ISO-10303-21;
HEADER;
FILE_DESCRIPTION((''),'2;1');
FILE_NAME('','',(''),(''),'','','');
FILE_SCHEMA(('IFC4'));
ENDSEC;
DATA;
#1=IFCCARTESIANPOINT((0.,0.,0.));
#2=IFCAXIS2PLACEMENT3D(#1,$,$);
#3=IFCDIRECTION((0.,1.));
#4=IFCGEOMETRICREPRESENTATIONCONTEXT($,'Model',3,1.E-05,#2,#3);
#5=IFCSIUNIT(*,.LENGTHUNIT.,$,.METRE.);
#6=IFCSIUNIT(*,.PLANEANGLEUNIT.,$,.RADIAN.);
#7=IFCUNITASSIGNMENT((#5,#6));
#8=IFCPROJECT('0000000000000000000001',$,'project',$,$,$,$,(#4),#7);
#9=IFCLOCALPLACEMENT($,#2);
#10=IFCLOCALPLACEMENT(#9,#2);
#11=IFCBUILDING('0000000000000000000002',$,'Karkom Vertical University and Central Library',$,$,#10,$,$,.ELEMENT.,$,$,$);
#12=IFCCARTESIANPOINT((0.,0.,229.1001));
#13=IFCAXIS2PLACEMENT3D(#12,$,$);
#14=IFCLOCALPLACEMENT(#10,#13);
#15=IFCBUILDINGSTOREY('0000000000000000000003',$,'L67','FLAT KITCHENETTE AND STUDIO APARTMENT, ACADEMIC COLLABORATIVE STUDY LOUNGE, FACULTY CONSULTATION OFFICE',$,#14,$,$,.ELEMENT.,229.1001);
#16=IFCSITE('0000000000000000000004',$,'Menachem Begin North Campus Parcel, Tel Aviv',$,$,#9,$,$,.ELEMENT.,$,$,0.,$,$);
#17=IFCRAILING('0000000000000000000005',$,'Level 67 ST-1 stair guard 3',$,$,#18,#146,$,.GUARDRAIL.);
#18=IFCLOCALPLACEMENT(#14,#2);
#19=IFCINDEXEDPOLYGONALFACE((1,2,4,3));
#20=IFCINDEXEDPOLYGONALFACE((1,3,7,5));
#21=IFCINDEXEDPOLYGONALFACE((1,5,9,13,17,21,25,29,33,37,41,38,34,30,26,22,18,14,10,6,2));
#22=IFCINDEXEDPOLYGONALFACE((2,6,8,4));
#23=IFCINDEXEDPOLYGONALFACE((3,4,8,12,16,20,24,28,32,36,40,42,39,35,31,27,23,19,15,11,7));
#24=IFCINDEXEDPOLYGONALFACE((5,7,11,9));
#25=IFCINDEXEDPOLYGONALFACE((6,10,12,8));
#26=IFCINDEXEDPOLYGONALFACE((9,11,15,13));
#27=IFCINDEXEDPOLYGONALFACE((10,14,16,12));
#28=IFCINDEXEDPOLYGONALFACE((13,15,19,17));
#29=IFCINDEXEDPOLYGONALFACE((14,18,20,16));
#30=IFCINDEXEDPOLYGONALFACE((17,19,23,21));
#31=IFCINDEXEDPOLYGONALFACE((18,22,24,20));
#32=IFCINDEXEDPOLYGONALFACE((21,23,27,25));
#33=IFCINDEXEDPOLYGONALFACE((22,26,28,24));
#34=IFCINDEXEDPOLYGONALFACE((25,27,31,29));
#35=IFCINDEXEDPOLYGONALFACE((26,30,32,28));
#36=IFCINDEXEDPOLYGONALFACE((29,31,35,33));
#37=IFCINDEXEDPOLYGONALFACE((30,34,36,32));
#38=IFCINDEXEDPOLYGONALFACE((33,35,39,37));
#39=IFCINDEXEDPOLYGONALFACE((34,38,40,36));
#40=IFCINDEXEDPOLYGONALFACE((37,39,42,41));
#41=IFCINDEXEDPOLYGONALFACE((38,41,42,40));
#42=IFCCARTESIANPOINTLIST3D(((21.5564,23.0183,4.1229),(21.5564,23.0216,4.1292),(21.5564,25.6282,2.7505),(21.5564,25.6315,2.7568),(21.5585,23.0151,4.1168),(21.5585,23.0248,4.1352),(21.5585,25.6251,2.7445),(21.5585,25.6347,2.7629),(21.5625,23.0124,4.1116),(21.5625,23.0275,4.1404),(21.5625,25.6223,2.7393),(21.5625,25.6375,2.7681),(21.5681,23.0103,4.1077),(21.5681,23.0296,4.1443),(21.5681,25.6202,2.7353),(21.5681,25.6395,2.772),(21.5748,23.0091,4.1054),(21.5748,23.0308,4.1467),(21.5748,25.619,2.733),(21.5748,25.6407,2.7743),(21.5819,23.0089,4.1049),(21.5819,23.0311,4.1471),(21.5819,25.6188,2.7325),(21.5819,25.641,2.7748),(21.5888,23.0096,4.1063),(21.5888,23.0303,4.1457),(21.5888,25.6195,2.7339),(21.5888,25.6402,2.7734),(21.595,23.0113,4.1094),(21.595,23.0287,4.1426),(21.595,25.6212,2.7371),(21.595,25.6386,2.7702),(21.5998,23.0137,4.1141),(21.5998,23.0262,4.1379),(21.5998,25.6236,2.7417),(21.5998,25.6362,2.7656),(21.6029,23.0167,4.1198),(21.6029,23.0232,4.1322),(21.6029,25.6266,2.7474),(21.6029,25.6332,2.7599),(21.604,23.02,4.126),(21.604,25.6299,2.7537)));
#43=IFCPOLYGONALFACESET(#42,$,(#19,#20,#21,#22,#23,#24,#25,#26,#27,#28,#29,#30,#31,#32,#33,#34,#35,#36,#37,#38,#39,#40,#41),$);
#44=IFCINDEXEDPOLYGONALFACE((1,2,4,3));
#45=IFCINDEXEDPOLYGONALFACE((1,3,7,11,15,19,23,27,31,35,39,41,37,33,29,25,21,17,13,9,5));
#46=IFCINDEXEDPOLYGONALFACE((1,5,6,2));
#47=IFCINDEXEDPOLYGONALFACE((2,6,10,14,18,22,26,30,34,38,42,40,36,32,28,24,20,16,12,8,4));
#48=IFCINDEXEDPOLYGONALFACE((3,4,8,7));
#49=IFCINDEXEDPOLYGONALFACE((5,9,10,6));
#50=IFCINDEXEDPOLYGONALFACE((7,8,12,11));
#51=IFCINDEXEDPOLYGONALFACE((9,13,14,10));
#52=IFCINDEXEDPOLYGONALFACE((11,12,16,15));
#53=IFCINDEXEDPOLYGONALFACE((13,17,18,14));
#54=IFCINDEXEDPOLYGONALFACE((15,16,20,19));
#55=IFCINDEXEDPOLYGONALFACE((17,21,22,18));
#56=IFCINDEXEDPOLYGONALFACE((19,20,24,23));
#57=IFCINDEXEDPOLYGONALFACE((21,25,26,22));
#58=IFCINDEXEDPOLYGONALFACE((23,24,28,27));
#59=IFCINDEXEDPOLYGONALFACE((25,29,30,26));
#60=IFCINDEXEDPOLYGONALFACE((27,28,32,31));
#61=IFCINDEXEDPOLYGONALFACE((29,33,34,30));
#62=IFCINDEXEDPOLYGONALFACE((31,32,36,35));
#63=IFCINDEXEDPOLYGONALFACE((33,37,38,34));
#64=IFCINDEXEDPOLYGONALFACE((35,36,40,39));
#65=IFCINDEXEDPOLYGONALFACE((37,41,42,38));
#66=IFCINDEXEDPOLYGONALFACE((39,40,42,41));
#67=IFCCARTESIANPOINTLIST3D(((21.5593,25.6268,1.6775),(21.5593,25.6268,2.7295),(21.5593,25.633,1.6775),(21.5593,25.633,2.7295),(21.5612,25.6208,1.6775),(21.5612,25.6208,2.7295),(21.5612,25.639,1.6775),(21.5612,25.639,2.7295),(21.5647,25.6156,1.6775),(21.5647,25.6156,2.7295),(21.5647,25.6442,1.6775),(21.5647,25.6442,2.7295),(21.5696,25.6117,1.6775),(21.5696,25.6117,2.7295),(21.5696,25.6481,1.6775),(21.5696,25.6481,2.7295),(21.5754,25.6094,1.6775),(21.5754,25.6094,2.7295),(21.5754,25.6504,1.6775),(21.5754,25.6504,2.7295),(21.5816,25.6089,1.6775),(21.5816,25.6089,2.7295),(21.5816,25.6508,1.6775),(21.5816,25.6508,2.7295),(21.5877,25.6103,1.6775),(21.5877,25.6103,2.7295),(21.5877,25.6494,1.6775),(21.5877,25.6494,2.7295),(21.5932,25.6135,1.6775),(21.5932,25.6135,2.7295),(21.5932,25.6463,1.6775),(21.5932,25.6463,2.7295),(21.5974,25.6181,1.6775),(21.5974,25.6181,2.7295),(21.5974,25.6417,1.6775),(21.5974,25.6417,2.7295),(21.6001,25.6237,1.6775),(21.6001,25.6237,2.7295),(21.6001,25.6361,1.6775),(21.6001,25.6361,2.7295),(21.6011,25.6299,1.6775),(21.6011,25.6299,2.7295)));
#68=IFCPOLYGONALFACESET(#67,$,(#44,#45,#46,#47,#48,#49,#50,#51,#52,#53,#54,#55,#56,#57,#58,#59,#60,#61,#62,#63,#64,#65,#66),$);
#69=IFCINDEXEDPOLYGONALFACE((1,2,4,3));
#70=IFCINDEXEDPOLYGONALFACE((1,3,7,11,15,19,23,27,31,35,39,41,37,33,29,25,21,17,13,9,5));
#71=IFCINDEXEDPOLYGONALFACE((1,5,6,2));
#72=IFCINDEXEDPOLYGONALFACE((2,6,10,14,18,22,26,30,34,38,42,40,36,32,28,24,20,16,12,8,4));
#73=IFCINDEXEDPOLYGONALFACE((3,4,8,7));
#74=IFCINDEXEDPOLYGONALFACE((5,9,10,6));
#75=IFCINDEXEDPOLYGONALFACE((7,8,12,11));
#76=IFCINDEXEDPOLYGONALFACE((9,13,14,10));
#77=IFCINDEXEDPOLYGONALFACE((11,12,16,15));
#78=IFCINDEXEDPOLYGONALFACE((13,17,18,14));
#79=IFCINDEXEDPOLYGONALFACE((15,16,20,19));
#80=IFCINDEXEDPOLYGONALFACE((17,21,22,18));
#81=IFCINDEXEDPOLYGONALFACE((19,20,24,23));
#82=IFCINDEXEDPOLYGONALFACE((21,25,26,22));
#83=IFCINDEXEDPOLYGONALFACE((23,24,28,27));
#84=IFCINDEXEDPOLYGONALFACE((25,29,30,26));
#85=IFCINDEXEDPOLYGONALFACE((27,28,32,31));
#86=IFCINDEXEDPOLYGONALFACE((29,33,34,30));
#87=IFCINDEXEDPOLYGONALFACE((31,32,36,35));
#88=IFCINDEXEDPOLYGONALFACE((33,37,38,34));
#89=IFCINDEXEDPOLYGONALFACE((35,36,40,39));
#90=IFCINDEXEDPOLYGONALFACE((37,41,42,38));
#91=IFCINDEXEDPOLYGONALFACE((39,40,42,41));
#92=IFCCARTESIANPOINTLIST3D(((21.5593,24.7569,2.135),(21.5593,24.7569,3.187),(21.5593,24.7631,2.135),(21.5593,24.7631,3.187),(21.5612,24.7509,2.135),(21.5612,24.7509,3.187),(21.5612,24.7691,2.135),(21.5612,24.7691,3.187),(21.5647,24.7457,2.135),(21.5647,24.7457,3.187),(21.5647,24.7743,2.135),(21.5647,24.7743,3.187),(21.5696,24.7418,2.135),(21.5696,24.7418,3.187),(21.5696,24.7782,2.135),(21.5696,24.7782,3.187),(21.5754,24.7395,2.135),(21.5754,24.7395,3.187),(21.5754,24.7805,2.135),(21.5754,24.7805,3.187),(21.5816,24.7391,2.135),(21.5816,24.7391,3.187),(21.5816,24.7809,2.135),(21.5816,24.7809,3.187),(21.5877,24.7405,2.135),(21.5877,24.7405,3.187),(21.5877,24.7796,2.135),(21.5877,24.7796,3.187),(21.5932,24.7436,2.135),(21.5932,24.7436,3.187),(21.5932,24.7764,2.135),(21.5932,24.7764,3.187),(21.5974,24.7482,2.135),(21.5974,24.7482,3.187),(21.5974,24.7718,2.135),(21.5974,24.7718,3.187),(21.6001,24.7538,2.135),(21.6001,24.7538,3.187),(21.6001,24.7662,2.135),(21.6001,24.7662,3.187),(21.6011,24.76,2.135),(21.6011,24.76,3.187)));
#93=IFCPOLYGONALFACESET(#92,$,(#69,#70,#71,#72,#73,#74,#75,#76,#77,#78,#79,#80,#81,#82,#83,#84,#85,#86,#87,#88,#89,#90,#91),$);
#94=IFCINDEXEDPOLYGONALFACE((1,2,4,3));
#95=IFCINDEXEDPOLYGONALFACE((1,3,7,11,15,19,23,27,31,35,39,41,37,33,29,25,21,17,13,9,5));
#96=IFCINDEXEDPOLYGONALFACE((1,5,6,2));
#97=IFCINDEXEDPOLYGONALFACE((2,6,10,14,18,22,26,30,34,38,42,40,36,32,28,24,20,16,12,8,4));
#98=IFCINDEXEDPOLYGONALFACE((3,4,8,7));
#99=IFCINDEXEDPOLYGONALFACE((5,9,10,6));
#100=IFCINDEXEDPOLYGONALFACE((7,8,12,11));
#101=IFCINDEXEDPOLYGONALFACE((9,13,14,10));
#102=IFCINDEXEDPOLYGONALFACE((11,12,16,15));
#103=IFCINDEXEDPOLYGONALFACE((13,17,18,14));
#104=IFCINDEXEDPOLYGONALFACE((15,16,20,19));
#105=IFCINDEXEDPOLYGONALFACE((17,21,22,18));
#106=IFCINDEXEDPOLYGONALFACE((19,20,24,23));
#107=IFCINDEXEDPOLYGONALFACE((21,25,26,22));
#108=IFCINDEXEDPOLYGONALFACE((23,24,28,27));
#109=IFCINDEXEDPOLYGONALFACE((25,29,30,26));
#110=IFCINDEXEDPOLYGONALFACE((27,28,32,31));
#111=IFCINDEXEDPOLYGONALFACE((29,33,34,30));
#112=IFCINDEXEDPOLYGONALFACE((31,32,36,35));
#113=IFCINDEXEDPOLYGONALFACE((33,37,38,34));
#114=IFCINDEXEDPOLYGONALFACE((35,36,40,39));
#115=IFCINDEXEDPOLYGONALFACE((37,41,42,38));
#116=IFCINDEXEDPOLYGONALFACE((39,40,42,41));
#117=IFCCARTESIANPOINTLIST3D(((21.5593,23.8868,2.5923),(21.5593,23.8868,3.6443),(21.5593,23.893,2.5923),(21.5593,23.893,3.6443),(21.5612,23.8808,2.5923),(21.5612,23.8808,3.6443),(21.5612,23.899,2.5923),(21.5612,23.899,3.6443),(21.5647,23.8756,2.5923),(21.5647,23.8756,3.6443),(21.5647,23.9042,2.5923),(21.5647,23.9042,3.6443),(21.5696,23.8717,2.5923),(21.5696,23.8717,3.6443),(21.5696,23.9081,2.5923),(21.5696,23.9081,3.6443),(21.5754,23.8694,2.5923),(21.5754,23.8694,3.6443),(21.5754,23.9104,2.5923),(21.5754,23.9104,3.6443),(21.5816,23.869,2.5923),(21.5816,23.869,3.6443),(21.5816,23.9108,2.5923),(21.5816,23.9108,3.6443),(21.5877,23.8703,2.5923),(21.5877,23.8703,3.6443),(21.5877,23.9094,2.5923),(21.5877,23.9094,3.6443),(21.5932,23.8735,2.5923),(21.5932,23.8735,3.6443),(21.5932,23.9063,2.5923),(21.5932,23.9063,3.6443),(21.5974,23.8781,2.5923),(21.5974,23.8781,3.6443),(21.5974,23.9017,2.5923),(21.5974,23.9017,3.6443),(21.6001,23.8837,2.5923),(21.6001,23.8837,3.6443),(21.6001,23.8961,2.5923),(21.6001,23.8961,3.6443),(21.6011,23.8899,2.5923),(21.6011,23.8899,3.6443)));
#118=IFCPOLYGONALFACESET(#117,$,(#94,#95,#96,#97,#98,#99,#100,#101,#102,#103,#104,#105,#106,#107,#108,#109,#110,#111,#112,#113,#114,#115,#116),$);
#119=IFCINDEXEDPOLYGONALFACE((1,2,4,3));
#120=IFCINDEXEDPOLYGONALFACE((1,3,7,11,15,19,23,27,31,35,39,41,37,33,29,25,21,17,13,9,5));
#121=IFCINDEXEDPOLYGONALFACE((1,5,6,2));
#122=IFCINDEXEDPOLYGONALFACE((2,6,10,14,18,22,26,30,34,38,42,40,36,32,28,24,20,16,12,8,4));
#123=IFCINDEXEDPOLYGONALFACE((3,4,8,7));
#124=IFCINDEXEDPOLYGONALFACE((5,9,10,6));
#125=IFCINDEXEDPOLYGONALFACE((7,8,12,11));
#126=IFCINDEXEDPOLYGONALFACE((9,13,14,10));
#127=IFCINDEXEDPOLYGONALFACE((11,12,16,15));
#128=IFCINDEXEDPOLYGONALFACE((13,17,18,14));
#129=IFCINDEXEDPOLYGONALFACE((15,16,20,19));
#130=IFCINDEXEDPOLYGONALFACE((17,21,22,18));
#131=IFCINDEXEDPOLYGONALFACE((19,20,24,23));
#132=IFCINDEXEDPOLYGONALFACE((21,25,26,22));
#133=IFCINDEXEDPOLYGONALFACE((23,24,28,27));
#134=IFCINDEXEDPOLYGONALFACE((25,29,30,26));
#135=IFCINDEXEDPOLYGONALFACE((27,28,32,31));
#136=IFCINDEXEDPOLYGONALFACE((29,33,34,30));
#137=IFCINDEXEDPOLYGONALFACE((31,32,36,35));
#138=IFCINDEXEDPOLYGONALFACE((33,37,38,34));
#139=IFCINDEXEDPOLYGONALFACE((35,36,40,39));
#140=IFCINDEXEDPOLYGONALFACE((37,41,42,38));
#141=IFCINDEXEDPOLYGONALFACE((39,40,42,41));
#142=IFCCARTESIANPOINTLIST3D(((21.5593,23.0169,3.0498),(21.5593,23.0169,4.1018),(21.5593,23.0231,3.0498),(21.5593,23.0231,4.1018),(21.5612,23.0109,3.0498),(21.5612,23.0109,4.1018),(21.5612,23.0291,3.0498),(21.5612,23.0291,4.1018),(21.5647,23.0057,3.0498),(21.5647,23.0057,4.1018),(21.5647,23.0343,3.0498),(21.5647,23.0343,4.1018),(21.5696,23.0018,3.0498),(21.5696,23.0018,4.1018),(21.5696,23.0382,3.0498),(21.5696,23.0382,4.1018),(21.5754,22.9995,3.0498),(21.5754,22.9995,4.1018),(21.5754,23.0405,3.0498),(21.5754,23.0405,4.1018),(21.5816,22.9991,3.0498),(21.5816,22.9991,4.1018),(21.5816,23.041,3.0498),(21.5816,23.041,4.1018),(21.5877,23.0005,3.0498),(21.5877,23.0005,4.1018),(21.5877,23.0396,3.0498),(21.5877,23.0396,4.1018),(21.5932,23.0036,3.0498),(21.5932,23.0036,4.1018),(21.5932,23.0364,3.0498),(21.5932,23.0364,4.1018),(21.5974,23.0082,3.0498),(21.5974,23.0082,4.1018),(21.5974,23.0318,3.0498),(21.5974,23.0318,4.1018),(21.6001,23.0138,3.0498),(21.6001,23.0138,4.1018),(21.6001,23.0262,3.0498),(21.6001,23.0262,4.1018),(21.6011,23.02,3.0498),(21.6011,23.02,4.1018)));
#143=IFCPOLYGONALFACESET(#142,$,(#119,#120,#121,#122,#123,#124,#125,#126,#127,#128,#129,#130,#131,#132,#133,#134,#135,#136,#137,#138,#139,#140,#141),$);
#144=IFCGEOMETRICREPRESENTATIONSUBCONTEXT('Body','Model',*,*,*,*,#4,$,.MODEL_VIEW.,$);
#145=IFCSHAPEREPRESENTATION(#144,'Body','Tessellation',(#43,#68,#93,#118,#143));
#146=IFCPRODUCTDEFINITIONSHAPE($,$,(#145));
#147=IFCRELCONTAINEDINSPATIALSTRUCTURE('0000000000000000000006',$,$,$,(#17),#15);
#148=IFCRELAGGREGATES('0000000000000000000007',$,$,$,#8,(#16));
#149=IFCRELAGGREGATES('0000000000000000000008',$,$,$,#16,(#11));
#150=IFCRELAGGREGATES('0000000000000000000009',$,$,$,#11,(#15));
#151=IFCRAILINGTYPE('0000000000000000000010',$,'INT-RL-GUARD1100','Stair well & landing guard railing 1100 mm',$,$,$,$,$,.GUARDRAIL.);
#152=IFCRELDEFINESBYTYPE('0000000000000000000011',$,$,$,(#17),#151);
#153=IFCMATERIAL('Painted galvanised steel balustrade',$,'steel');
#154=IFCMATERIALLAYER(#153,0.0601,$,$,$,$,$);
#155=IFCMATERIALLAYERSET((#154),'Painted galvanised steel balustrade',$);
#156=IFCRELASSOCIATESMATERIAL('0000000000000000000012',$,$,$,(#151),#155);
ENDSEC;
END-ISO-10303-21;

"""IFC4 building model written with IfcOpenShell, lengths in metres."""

from ifc_helpers import new_model, si_unit, direction, frame, origin, origin_2d, place, context, subcontext, project, spatial, circle, extrude, material, layer, layer_set, type_object, element, save


model = new_model("IFC4")

# Units and contexts
model_context = context("Model", 3, precision=1e-05, world=origin(), true_north=direction((0.0, 1.0)))
body_context = subcontext(model_context, "Body", "Model", "MODEL_VIEW")
ifc_project = project(units=[si_unit("LENGTHUNIT", "METRE"), si_unit("PLANEANGLEUNIT", "RADIAN")], contexts=[model_context])

# Site, building, storey
site_placement = place(None, origin())
site = spatial("IfcSite", under=ifc_project, at=site_placement, Name="Menachem Begin North Campus Parcel, Tel Aviv", CompositionType="ELEMENT", RefElevation=0.0)
building_placement = place(site_placement, origin())
building = spatial("IfcBuilding", under=site, at=building_placement, Name="Karkom Vertical University and Central Library", CompositionType="ELEMENT")
storey_placement = place(building_placement, frame((0.0, 0.0, 229.1001)))
storey = spatial("IfcBuildingStorey", under=building, at=storey_placement, Name="L67", Description="FLAT KITCHENETTE AND STUDIO APARTMENT, ACADEMIC COLLABORATIVE STUDY LOUNGE, FACULTY CONSULTATION OFFICE", CompositionType="ELEMENT", Elevation=229.1001)

# Railing
ifc_material_1 = material(Name="Painted galvanised steel balustrade", Category="steel")
ifc_layer_1 = layer(ifc_material_1, 0.0601)
ifc_layer_set_1 = layer_set([ifc_layer_1], Name="Painted galvanised steel balustrade")
railing_type_1 = type_object("IfcRailingType", Name="INT-RL-GUARD1100", Description="Stair well & landing guard railing 1100 mm", PredefinedType="GUARDRAIL", material=ifc_layer_set_1)
railing_1_placement = place(storey_placement, frame((21.5801, 25.6299, 1.6775)))
element("IfcRailing", 1, at=railing_1_placement, inside=storey, type_object=railing_type_1, Name="Level 67 ST-1 stair guard 3", PredefinedType="GUARDRAIL", context=body_context, shape_type="SweptSolid", body=[
    extrude(circle(Radius=0.0239, at=origin_2d()), frame((0.0, 0.0, 1.0762), z_axis=(0.0, -0.8851, 0.465402), x_axis=(1.0, 0.0, 0.0)), (0.0, 0.0, 1.0), 2.9487),
    extrude(circle(Radius=0.021, at=origin_2d()), origin(), (0.0, 0.0, 1.0), 1.052),
    extrude(circle(Radius=0.021, at=origin_2d()), frame((0.0, -0.8699, 0.4575)), (0.0, 0.0, 1.0), 1.052),
    extrude(circle(Radius=0.021, at=origin_2d()), frame((0.0, -1.74, 0.9148)), (0.0, 0.0, 1.0), 1.052),
    extrude(circle(Radius=0.021, at=origin_2d()), frame((0.0, -2.6099, 1.3723)), (0.0, 0.0, 1.0), 1.052),
])

save(model, "model.ifc")
